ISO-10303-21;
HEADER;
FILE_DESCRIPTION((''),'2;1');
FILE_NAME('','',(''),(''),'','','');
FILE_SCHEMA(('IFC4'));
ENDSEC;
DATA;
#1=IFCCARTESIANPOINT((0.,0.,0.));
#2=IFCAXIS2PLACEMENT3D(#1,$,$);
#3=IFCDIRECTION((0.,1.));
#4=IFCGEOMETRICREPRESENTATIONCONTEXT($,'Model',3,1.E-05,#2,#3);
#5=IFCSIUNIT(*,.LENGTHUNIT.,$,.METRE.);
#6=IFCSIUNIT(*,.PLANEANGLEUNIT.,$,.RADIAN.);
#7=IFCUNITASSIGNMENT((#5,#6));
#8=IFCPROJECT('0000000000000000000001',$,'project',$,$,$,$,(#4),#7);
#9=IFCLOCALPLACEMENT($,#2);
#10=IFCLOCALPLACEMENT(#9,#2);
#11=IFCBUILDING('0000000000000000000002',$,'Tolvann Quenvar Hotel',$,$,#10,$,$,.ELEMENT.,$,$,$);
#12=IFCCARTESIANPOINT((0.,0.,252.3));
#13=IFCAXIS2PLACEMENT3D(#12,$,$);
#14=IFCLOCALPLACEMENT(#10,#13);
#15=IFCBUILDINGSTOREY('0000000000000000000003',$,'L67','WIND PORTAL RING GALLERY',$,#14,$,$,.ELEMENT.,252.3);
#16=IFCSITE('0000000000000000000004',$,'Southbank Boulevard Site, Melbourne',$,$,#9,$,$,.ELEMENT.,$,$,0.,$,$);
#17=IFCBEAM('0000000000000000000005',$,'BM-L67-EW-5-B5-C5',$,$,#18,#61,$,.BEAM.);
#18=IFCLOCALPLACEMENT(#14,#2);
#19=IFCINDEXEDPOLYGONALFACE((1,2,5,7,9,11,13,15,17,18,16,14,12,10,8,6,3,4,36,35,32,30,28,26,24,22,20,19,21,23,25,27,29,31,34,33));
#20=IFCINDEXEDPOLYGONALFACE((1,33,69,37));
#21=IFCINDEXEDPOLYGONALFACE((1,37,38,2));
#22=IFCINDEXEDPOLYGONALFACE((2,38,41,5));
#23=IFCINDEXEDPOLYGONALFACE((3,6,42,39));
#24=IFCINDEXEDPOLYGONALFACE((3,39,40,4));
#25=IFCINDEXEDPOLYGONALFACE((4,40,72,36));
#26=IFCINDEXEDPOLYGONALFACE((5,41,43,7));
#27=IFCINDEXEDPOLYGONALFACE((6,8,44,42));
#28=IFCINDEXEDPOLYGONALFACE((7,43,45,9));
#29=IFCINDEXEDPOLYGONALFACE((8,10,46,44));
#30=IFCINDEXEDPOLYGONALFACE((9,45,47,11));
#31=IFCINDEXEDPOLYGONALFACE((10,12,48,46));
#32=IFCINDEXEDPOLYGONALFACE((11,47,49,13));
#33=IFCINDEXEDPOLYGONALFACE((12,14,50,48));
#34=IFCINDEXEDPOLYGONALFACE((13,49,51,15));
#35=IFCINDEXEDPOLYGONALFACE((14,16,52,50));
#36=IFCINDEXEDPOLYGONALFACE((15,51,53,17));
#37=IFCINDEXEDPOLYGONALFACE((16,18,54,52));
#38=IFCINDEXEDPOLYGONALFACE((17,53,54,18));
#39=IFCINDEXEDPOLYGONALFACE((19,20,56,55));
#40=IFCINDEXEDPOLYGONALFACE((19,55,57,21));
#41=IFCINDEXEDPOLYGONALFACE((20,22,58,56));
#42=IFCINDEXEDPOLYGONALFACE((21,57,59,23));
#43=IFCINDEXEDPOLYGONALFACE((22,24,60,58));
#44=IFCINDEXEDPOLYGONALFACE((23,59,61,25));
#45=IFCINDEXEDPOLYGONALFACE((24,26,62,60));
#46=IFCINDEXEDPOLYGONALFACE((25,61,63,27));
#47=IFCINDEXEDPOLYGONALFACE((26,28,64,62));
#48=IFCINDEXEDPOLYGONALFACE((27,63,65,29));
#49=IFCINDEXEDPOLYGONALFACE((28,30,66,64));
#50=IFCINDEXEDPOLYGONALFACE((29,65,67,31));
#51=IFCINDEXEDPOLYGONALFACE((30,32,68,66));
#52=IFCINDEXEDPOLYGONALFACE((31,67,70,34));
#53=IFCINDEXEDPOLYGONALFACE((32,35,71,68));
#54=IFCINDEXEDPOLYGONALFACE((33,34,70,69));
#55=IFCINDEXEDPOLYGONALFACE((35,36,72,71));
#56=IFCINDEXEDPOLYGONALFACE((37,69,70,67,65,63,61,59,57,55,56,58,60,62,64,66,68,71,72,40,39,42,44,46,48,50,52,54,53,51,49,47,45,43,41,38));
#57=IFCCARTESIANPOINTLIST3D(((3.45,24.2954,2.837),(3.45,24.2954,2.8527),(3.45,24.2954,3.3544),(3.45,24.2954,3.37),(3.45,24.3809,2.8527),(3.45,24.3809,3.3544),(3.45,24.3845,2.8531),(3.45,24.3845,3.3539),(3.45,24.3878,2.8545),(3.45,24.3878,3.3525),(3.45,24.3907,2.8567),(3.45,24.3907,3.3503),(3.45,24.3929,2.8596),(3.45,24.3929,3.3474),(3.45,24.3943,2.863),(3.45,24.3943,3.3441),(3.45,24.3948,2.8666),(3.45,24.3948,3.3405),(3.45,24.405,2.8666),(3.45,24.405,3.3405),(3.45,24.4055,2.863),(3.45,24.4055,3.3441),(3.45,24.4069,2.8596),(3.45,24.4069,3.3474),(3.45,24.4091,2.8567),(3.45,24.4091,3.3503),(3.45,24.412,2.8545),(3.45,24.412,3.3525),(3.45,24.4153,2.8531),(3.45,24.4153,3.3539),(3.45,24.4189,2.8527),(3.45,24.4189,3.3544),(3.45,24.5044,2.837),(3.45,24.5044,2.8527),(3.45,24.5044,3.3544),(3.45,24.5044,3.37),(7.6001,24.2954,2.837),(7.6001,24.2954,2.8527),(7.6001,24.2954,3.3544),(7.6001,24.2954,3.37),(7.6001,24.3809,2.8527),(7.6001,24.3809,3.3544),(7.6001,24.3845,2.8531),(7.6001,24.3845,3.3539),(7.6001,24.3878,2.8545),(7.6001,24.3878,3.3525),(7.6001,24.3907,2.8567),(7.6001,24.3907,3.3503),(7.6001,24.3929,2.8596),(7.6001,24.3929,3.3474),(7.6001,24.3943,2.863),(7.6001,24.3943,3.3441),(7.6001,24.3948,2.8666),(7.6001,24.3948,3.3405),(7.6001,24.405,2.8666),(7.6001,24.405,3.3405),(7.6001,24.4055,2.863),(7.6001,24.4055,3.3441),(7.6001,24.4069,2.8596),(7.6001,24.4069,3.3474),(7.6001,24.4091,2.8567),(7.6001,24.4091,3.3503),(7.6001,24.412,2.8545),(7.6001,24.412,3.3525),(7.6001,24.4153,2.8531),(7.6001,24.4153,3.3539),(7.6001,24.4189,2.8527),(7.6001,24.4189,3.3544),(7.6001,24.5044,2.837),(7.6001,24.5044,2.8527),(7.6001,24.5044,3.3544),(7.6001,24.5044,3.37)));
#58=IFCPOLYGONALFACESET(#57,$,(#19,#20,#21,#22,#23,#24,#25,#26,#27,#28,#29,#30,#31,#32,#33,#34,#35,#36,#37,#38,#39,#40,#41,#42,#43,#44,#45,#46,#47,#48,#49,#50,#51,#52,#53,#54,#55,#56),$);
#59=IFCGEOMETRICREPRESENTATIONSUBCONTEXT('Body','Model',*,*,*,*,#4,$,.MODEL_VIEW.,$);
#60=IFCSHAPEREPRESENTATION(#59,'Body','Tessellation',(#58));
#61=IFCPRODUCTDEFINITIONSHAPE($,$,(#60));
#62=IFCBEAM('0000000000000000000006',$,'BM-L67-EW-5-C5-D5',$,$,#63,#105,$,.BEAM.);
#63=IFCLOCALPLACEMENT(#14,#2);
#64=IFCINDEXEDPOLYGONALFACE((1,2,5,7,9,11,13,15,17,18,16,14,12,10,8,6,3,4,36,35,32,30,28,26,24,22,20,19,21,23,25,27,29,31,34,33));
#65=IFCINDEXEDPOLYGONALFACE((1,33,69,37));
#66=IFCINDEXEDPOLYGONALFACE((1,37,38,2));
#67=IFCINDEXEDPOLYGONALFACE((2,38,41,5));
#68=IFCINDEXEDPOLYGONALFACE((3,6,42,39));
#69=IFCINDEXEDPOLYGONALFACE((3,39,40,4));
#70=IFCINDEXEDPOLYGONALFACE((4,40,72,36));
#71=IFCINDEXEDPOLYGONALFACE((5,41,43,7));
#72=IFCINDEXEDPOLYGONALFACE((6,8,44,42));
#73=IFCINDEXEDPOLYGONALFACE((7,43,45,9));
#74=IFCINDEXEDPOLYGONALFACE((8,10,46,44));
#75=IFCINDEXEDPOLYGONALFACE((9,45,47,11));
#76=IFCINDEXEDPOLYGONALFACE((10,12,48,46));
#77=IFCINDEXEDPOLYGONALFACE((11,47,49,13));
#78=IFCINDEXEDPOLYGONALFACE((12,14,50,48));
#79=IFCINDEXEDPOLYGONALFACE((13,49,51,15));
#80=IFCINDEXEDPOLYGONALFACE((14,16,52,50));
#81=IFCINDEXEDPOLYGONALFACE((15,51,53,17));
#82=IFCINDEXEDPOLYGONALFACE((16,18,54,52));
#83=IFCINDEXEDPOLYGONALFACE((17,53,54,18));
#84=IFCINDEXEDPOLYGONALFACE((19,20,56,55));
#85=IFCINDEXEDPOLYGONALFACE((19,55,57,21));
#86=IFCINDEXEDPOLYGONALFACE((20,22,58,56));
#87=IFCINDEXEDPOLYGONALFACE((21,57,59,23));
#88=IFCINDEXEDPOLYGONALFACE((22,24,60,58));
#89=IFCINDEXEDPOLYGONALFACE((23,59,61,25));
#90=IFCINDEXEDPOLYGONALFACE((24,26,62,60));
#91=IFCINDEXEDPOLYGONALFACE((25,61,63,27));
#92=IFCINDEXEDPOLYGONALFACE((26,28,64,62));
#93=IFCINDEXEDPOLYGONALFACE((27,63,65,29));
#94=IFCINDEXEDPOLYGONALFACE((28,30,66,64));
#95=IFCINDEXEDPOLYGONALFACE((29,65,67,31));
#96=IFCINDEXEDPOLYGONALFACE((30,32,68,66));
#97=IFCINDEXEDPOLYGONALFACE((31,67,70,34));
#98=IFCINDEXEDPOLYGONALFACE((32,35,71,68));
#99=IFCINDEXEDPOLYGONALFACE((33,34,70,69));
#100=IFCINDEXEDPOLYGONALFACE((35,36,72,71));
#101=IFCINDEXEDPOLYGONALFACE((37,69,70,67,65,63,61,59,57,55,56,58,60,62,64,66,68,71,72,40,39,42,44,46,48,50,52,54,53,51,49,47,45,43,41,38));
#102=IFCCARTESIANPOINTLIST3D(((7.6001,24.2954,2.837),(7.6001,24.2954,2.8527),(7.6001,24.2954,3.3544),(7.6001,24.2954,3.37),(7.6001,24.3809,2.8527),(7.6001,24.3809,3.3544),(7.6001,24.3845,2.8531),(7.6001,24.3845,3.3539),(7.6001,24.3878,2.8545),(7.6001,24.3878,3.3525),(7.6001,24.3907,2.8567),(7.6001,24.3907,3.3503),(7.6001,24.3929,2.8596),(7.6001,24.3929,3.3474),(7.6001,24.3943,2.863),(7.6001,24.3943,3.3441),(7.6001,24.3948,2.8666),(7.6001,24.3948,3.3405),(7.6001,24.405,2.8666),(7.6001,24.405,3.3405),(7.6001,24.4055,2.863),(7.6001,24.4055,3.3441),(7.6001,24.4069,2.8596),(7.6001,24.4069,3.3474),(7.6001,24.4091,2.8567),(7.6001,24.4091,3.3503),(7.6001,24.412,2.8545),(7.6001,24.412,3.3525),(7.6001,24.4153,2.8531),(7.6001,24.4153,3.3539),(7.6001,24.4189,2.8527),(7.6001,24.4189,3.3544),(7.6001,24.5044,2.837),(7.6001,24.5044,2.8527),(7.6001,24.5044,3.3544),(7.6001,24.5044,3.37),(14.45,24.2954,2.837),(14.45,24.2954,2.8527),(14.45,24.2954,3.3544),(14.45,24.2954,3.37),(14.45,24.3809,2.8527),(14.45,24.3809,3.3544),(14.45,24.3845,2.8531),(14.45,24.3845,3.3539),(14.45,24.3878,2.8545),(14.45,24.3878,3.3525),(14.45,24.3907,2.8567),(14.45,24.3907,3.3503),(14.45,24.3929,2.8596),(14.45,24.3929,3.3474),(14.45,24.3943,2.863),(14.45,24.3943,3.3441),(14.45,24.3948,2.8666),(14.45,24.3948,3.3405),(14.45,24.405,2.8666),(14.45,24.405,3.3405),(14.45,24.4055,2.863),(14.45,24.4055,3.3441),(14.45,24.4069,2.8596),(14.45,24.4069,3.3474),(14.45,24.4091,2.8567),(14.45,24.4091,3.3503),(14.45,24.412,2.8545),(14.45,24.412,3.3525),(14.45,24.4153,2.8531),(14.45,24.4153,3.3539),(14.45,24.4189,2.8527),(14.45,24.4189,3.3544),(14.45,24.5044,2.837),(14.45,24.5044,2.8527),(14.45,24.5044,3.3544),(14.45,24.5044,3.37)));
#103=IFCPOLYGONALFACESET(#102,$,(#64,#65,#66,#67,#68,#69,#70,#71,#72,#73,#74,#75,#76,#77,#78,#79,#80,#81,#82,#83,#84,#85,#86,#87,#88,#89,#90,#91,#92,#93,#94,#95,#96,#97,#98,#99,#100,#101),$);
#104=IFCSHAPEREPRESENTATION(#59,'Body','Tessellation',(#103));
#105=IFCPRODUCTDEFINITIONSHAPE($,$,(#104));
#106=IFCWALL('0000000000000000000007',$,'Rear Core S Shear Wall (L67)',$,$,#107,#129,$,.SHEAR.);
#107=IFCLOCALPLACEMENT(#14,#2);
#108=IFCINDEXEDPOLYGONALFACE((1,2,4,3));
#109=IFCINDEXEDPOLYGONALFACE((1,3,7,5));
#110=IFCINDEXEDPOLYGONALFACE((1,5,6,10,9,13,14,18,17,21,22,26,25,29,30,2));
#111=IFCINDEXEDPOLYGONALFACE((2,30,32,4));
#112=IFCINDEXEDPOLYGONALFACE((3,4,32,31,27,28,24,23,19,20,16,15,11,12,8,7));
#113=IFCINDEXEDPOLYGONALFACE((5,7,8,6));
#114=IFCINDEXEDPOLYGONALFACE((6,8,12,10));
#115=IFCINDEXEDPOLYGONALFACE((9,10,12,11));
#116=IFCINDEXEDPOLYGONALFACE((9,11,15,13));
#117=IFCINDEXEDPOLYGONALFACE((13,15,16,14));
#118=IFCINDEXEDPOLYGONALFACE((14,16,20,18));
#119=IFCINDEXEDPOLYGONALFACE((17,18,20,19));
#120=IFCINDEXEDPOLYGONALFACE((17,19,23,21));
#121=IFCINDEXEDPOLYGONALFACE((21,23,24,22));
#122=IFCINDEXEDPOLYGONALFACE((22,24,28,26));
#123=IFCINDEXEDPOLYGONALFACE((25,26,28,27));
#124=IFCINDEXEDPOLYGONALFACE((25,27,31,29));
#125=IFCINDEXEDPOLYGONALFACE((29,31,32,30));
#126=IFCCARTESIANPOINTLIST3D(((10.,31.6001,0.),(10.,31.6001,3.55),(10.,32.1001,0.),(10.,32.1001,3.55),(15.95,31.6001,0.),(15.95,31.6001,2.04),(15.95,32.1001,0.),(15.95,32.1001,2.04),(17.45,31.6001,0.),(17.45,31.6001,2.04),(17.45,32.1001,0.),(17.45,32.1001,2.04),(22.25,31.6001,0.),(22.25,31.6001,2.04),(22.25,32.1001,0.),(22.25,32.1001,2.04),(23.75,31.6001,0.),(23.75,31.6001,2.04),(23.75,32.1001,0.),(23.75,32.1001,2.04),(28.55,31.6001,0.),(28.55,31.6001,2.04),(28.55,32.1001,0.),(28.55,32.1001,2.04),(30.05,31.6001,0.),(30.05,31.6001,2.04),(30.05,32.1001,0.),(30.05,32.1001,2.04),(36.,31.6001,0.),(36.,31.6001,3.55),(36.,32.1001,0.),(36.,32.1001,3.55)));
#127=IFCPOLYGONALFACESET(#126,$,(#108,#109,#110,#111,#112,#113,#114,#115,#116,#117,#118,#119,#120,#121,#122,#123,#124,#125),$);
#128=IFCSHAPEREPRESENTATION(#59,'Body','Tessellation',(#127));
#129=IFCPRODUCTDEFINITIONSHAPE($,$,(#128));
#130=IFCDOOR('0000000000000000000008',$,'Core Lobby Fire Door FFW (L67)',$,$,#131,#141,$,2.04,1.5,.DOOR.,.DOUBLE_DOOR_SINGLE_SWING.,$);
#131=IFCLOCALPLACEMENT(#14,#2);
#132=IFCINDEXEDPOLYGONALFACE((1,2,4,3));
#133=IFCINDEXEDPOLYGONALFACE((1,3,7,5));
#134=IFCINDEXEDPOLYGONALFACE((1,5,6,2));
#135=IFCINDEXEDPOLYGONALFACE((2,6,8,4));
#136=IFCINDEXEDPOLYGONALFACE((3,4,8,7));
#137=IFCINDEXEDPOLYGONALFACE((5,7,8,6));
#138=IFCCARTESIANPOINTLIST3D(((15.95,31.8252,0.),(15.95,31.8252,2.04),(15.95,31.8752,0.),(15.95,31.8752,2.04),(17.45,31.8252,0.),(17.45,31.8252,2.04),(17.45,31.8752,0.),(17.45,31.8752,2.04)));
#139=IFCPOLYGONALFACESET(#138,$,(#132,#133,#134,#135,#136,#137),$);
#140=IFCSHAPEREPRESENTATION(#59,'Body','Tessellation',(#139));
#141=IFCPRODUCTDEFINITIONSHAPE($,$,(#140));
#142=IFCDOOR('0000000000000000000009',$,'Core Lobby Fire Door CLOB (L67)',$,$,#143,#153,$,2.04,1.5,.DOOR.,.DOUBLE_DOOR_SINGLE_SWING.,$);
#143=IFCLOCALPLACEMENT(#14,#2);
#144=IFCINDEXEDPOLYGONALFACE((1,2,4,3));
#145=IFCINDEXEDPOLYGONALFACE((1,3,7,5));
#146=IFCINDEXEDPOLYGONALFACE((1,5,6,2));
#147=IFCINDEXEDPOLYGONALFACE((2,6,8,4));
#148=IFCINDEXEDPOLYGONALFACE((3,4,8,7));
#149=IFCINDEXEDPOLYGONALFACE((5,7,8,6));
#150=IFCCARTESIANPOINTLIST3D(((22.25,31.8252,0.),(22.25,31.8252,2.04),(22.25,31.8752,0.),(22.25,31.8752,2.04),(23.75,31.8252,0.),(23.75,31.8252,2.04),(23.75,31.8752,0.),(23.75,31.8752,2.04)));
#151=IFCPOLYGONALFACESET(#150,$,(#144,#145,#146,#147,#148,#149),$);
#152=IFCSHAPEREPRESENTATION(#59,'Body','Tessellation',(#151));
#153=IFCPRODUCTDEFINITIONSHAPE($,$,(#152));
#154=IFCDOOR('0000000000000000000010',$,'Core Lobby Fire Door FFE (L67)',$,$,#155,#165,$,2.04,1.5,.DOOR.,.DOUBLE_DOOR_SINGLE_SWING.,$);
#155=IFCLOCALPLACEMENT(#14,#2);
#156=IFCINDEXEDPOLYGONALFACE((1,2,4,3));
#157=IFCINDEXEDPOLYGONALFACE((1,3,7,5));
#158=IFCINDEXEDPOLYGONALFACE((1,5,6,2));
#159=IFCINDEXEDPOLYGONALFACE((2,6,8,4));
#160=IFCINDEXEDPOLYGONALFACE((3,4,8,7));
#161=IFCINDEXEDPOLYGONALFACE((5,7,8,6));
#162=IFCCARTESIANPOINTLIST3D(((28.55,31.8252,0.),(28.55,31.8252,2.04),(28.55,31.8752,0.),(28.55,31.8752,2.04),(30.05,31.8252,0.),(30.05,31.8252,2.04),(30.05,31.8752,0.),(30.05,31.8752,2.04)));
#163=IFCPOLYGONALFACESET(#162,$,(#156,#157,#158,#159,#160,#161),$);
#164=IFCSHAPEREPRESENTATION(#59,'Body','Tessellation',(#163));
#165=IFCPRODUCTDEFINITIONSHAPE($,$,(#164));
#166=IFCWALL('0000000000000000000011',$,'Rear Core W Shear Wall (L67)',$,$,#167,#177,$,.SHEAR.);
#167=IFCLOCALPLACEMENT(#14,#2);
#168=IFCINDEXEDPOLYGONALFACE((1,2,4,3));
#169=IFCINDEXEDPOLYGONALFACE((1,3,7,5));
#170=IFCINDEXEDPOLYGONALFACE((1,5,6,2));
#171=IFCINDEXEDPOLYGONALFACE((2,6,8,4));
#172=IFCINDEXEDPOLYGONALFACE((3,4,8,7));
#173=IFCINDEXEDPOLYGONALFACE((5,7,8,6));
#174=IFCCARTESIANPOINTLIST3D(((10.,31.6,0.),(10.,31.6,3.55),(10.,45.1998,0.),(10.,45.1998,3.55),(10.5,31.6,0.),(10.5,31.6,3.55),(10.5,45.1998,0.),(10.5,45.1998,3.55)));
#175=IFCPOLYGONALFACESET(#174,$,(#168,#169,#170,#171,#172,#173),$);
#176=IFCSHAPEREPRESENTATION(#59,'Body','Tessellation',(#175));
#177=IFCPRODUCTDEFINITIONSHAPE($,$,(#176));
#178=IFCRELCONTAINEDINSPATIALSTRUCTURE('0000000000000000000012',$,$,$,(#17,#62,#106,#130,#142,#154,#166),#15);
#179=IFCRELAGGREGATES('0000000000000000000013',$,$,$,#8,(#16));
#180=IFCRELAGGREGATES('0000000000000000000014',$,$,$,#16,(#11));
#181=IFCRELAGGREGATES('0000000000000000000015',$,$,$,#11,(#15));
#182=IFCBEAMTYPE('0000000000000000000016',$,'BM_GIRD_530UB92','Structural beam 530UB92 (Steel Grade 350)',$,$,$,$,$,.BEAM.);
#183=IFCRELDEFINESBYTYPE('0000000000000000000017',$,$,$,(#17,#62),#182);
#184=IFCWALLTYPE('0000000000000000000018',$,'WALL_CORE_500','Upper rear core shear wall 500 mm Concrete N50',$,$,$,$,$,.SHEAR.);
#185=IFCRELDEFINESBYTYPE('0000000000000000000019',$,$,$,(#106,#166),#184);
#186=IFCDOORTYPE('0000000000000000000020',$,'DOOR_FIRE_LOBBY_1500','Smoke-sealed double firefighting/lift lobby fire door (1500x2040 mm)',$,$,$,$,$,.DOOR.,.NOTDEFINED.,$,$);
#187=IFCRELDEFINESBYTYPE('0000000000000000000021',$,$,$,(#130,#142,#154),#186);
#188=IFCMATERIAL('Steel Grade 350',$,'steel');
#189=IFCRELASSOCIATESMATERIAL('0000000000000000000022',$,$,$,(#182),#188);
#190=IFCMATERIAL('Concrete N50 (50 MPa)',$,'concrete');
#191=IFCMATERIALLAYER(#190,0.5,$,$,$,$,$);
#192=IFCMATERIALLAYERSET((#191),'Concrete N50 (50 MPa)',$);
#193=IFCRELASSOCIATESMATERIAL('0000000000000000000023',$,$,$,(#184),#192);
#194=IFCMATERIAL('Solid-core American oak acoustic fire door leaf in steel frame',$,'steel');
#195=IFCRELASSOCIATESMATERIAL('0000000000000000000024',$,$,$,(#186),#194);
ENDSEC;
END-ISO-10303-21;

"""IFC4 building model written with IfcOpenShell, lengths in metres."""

from ifc_helpers import new_model, si_unit, direction, frame, frame_2d, origin, origin_2d, place, context, subcontext, project, spatial, rectangle, i_section, extrude, source, transform, mapped, material, layer, layer_set, material_profile, profile_set, type_object, type_shapes, element, fill, save


model = new_model("IFC4")

# Units and contexts
model_context = context("Model", 3, precision=1e-05, world=origin(), true_north=direction((0.0, 1.0)))
body_context = subcontext(model_context, "Body", "Model", "MODEL_VIEW")
ifc_project = project(units=[si_unit("LENGTHUNIT", "METRE"), si_unit("PLANEANGLEUNIT", "RADIAN")], contexts=[model_context])

# Site, building, storey
site_placement = place(None, origin())
site = spatial("IfcSite", under=ifc_project, at=site_placement, Name="Southbank Boulevard Site, Melbourne", CompositionType="ELEMENT", RefElevation=0.0)
building_placement = place(site_placement, origin())
building = spatial("IfcBuilding", under=site, at=building_placement, Name="Tolvann Quenvar Hotel", CompositionType="ELEMENT")
storey_placement = place(building_placement, frame((0.0, 0.0, 252.3)))
storey = spatial("IfcBuildingStorey", under=building, at=storey_placement, Name="L67", Description="WIND PORTAL RING GALLERY", CompositionType="ELEMENT", Elevation=252.3)

# Shared definitions
ifc_material_1 = material(Name="Steel Grade 350", Category="steel")

# Beams
ifc_material_profile_1 = material_profile(ifc_material_1, i_section(OverallWidth=0.209, OverallDepth=0.533, WebThickness=0.0103, FlangeThickness=0.0156, FilletRadius=0.0139, at=origin_2d()), Name="530UB92")
ifc_profile_set_1 = profile_set([ifc_material_profile_1], Name="Steel Grade 350")
beam_type_1 = type_object("IfcBeamType", Name="BM_GIRD_530UB92", Description="Structural beam 530UB92 (Steel Grade 350)", PredefinedType="BEAM", material=ifc_profile_set_1)
shared_shape_1 = source(origin(), body_context, "Body", "SweptSolid", [
    extrude(i_section(OverallWidth=0.209, OverallDepth=0.533, WebThickness=0.0103, FlangeThickness=0.0156, FilletRadius=0.0139, at=origin_2d()), origin(), (0.0, 0.0, 1.0), 4.1501),
])
beam_1_placement = place(storey_placement, frame((3.45, 24.3999, 3.1035), z_axis=(1.0, 0.0, 0.0), x_axis=(0.0, 1.0, 0.0)))
element("IfcBeam", 1, at=beam_1_placement, inside=storey, type_object=beam_type_1, Name="BM-L67-EW-5-B5-C5", PredefinedType="BEAM", context=body_context, shape_type="MappedRepresentation", body=[
    mapped(shared_shape_1, transform((0.0, 0.0, 0.0), x_axis=(1.0, 0.0, 0.0), y_axis=(0.0, 1.0, 0.0), z_axis=(0.0, 0.0, 1.0), scale=1.0)),
])
shared_shape_2 = source(origin(), body_context, "Body", "SweptSolid", [
    extrude(i_section(OverallWidth=0.209, OverallDepth=0.533, WebThickness=0.0103, FlangeThickness=0.0156, FilletRadius=0.0139, at=origin_2d()), origin(), (0.0, 0.0, 1.0), 6.8499),
])
type_shapes(beam_type_1, [shared_shape_1, shared_shape_2])
beam_2_placement = place(storey_placement, frame((7.6001, 24.3999, 3.1035), z_axis=(1.0, 0.0, 0.0), x_axis=(0.0, 1.0, 0.0)))
element("IfcBeam", 2, at=beam_2_placement, inside=storey, type_object=beam_type_1, Name="BM-L67-EW-5-C5-D5", PredefinedType="BEAM", context=body_context, shape_type="MappedRepresentation", body=[
    mapped(shared_shape_2, transform((0.0, 0.0, 0.0), x_axis=(1.0, 0.0, 0.0), y_axis=(0.0, 1.0, 0.0), z_axis=(0.0, 0.0, 1.0), scale=1.0)),
])

# Wall, openings, doors
ifc_material_2 = material(Name="Concrete N50 (50 MPa)", Category="concrete")
ifc_layer_1 = layer(ifc_material_2, 0.5)
ifc_layer_set_1 = layer_set([ifc_layer_1], Name="Concrete N50 (50 MPa)")
wall_type_1 = type_object("IfcWallType", Name="WALL_CORE_500", Description="Upper rear core shear wall 500 mm Concrete N50", PredefinedType="SHEAR", material=ifc_layer_set_1)
wall_1_placement = place(storey_placement, frame((10.0, 31.8501, 0.0), z_axis=(0.0, 0.0, 1.0), x_axis=(1.0, 0.0, 0.0)))
wall_1 = element("IfcWall", 3, at=wall_1_placement, inside=storey, type_object=wall_type_1, Name="Rear Core S Shear Wall (L67)", PredefinedType="SHEAR", context=body_context, shape_type="SweptSolid", body=[
    extrude(rectangle(XDim=26.0, YDim=0.5, at=frame_2d((13.0, 0.0))), origin(), (0.0, 0.0, 1.0), 3.55),
])
opening_1_placement = place(wall_1_placement, frame((7.45, 0.0, 0.0), z_axis=(0.0, 0.0, 1.0), x_axis=(-1.0, 0.0, 0.0)))
opening_1 = element("IfcOpeningElement", 4, at=opening_1_placement, cuts=wall_1, PredefinedType="OPENING", context=body_context, shape_type="SweptSolid", body=[
    extrude(rectangle(XDim=1.5, YDim=2.04, at=frame_2d((0.75, 1.02))), frame((0.0, 0.26, 0.0), z_axis=(0.0, -1.0, 0.0), x_axis=(1.0, 0.0, 0.0)), (0.0, 0.0, 1.0), 0.52),
])
opening_2_placement = place(wall_1_placement, frame((13.75, 0.0, 0.0), z_axis=(0.0, 0.0, 1.0), x_axis=(-1.0, 0.0, 0.0)))
opening_2 = element("IfcOpeningElement", 5, at=opening_2_placement, cuts=wall_1, PredefinedType="OPENING", context=body_context, shape_type="SweptSolid", body=[
    extrude(rectangle(XDim=1.5, YDim=2.04, at=frame_2d((0.75, 1.02))), frame((0.0, 0.26, 0.0), z_axis=(0.0, -1.0, 0.0), x_axis=(1.0, 0.0, 0.0)), (0.0, 0.0, 1.0), 0.52),
])
opening_3_placement = place(wall_1_placement, frame((20.05, 0.0, 0.0), z_axis=(0.0, 0.0, 1.0), x_axis=(-1.0, 0.0, 0.0)))
opening_3 = element("IfcOpeningElement", 6, at=opening_3_placement, cuts=wall_1, PredefinedType="OPENING", context=body_context, shape_type="SweptSolid", body=[
    extrude(rectangle(XDim=1.5, YDim=2.04, at=frame_2d((0.75, 1.02))), frame((0.0, 0.26, 0.0), z_axis=(0.0, -1.0, 0.0), x_axis=(1.0, 0.0, 0.0)), (0.0, 0.0, 1.0), 0.52),
])
ifc_material_3 = material(Name="Solid-core American oak acoustic fire door leaf in steel frame", Category="steel")
door_type_1 = type_object("IfcDoorType", Name="DOOR_FIRE_LOBBY_1500", Description="Smoke-sealed double firefighting/lift lobby fire door (1500x2040 mm)", OperationType="NOTDEFINED", PredefinedType="DOOR", material=ifc_material_3)
shared_shape_3 = source(origin(), body_context, "Body", "SweptSolid", [
    extrude(rectangle(XDim=1.5, YDim=2.04, at=frame_2d((0.75, 1.02))), frame((0.0, 0.0249, 0.0), z_axis=(0.0, -1.0, 0.0), x_axis=(1.0, 0.0, 0.0)), (0.0, 0.0, 1.0), 0.05),
])
type_shapes(door_type_1, [shared_shape_3])
door_1_placement = place(opening_1_placement, origin())
door_1 = element("IfcDoor", 7, at=door_1_placement, inside=storey, type_object=door_type_1, Name="Core Lobby Fire Door FFW (L67)", OperationType="DOUBLE_DOOR_SINGLE_SWING", OverallHeight=2.04, OverallWidth=1.5, PredefinedType="DOOR", context=body_context, shape_type="MappedRepresentation", body=[
    mapped(shared_shape_3, transform((0.0, 0.0, 0.0), x_axis=(1.0, 0.0, 0.0), y_axis=(0.0, 1.0, 0.0), z_axis=(0.0, 0.0, 1.0), scale=1.0)),
])
fill(opening_1, door_1)
door_2_placement = place(opening_2_placement, origin())
door_2 = element("IfcDoor", 8, at=door_2_placement, inside=storey, type_object=door_type_1, Name="Core Lobby Fire Door CLOB (L67)", OperationType="DOUBLE_DOOR_SINGLE_SWING", OverallHeight=2.04, OverallWidth=1.5, PredefinedType="DOOR", context=body_context, shape_type="MappedRepresentation", body=[
    mapped(shared_shape_3, transform((0.0, 0.0, 0.0), x_axis=(1.0, 0.0, 0.0), y_axis=(0.0, 1.0, 0.0), z_axis=(0.0, 0.0, 1.0), scale=1.0)),
])
fill(opening_2, door_2)
door_3_placement = place(opening_3_placement, origin())
door_3 = element("IfcDoor", 9, at=door_3_placement, inside=storey, type_object=door_type_1, Name="Core Lobby Fire Door FFE (L67)", OperationType="DOUBLE_DOOR_SINGLE_SWING", OverallHeight=2.04, OverallWidth=1.5, PredefinedType="DOOR", context=body_context, shape_type="MappedRepresentation", body=[
    mapped(shared_shape_3, transform((0.0, 0.0, 0.0), x_axis=(1.0, 0.0, 0.0), y_axis=(0.0, 1.0, 0.0), z_axis=(0.0, 0.0, 1.0), scale=1.0)),
])
fill(opening_3, door_3)

# Wall
wall_2_placement = place(storey_placement, frame((10.25, 31.6001, 0.0), z_axis=(0.0, 0.0, 1.0), x_axis=(0.0, 1.0, 0.0)))
element("IfcWall", 10, at=wall_2_placement, inside=storey, type_object=wall_type_1, Name="Rear Core W Shear Wall (L67)", PredefinedType="SHEAR", context=body_context, shape_type="SweptSolid", body=[
    extrude(rectangle(XDim=13.5999, YDim=0.5, at=frame_2d((6.7998, 0.0))), origin(), (0.0, 0.0, 1.0), 3.55),
])

save(model, "model.ifc")
